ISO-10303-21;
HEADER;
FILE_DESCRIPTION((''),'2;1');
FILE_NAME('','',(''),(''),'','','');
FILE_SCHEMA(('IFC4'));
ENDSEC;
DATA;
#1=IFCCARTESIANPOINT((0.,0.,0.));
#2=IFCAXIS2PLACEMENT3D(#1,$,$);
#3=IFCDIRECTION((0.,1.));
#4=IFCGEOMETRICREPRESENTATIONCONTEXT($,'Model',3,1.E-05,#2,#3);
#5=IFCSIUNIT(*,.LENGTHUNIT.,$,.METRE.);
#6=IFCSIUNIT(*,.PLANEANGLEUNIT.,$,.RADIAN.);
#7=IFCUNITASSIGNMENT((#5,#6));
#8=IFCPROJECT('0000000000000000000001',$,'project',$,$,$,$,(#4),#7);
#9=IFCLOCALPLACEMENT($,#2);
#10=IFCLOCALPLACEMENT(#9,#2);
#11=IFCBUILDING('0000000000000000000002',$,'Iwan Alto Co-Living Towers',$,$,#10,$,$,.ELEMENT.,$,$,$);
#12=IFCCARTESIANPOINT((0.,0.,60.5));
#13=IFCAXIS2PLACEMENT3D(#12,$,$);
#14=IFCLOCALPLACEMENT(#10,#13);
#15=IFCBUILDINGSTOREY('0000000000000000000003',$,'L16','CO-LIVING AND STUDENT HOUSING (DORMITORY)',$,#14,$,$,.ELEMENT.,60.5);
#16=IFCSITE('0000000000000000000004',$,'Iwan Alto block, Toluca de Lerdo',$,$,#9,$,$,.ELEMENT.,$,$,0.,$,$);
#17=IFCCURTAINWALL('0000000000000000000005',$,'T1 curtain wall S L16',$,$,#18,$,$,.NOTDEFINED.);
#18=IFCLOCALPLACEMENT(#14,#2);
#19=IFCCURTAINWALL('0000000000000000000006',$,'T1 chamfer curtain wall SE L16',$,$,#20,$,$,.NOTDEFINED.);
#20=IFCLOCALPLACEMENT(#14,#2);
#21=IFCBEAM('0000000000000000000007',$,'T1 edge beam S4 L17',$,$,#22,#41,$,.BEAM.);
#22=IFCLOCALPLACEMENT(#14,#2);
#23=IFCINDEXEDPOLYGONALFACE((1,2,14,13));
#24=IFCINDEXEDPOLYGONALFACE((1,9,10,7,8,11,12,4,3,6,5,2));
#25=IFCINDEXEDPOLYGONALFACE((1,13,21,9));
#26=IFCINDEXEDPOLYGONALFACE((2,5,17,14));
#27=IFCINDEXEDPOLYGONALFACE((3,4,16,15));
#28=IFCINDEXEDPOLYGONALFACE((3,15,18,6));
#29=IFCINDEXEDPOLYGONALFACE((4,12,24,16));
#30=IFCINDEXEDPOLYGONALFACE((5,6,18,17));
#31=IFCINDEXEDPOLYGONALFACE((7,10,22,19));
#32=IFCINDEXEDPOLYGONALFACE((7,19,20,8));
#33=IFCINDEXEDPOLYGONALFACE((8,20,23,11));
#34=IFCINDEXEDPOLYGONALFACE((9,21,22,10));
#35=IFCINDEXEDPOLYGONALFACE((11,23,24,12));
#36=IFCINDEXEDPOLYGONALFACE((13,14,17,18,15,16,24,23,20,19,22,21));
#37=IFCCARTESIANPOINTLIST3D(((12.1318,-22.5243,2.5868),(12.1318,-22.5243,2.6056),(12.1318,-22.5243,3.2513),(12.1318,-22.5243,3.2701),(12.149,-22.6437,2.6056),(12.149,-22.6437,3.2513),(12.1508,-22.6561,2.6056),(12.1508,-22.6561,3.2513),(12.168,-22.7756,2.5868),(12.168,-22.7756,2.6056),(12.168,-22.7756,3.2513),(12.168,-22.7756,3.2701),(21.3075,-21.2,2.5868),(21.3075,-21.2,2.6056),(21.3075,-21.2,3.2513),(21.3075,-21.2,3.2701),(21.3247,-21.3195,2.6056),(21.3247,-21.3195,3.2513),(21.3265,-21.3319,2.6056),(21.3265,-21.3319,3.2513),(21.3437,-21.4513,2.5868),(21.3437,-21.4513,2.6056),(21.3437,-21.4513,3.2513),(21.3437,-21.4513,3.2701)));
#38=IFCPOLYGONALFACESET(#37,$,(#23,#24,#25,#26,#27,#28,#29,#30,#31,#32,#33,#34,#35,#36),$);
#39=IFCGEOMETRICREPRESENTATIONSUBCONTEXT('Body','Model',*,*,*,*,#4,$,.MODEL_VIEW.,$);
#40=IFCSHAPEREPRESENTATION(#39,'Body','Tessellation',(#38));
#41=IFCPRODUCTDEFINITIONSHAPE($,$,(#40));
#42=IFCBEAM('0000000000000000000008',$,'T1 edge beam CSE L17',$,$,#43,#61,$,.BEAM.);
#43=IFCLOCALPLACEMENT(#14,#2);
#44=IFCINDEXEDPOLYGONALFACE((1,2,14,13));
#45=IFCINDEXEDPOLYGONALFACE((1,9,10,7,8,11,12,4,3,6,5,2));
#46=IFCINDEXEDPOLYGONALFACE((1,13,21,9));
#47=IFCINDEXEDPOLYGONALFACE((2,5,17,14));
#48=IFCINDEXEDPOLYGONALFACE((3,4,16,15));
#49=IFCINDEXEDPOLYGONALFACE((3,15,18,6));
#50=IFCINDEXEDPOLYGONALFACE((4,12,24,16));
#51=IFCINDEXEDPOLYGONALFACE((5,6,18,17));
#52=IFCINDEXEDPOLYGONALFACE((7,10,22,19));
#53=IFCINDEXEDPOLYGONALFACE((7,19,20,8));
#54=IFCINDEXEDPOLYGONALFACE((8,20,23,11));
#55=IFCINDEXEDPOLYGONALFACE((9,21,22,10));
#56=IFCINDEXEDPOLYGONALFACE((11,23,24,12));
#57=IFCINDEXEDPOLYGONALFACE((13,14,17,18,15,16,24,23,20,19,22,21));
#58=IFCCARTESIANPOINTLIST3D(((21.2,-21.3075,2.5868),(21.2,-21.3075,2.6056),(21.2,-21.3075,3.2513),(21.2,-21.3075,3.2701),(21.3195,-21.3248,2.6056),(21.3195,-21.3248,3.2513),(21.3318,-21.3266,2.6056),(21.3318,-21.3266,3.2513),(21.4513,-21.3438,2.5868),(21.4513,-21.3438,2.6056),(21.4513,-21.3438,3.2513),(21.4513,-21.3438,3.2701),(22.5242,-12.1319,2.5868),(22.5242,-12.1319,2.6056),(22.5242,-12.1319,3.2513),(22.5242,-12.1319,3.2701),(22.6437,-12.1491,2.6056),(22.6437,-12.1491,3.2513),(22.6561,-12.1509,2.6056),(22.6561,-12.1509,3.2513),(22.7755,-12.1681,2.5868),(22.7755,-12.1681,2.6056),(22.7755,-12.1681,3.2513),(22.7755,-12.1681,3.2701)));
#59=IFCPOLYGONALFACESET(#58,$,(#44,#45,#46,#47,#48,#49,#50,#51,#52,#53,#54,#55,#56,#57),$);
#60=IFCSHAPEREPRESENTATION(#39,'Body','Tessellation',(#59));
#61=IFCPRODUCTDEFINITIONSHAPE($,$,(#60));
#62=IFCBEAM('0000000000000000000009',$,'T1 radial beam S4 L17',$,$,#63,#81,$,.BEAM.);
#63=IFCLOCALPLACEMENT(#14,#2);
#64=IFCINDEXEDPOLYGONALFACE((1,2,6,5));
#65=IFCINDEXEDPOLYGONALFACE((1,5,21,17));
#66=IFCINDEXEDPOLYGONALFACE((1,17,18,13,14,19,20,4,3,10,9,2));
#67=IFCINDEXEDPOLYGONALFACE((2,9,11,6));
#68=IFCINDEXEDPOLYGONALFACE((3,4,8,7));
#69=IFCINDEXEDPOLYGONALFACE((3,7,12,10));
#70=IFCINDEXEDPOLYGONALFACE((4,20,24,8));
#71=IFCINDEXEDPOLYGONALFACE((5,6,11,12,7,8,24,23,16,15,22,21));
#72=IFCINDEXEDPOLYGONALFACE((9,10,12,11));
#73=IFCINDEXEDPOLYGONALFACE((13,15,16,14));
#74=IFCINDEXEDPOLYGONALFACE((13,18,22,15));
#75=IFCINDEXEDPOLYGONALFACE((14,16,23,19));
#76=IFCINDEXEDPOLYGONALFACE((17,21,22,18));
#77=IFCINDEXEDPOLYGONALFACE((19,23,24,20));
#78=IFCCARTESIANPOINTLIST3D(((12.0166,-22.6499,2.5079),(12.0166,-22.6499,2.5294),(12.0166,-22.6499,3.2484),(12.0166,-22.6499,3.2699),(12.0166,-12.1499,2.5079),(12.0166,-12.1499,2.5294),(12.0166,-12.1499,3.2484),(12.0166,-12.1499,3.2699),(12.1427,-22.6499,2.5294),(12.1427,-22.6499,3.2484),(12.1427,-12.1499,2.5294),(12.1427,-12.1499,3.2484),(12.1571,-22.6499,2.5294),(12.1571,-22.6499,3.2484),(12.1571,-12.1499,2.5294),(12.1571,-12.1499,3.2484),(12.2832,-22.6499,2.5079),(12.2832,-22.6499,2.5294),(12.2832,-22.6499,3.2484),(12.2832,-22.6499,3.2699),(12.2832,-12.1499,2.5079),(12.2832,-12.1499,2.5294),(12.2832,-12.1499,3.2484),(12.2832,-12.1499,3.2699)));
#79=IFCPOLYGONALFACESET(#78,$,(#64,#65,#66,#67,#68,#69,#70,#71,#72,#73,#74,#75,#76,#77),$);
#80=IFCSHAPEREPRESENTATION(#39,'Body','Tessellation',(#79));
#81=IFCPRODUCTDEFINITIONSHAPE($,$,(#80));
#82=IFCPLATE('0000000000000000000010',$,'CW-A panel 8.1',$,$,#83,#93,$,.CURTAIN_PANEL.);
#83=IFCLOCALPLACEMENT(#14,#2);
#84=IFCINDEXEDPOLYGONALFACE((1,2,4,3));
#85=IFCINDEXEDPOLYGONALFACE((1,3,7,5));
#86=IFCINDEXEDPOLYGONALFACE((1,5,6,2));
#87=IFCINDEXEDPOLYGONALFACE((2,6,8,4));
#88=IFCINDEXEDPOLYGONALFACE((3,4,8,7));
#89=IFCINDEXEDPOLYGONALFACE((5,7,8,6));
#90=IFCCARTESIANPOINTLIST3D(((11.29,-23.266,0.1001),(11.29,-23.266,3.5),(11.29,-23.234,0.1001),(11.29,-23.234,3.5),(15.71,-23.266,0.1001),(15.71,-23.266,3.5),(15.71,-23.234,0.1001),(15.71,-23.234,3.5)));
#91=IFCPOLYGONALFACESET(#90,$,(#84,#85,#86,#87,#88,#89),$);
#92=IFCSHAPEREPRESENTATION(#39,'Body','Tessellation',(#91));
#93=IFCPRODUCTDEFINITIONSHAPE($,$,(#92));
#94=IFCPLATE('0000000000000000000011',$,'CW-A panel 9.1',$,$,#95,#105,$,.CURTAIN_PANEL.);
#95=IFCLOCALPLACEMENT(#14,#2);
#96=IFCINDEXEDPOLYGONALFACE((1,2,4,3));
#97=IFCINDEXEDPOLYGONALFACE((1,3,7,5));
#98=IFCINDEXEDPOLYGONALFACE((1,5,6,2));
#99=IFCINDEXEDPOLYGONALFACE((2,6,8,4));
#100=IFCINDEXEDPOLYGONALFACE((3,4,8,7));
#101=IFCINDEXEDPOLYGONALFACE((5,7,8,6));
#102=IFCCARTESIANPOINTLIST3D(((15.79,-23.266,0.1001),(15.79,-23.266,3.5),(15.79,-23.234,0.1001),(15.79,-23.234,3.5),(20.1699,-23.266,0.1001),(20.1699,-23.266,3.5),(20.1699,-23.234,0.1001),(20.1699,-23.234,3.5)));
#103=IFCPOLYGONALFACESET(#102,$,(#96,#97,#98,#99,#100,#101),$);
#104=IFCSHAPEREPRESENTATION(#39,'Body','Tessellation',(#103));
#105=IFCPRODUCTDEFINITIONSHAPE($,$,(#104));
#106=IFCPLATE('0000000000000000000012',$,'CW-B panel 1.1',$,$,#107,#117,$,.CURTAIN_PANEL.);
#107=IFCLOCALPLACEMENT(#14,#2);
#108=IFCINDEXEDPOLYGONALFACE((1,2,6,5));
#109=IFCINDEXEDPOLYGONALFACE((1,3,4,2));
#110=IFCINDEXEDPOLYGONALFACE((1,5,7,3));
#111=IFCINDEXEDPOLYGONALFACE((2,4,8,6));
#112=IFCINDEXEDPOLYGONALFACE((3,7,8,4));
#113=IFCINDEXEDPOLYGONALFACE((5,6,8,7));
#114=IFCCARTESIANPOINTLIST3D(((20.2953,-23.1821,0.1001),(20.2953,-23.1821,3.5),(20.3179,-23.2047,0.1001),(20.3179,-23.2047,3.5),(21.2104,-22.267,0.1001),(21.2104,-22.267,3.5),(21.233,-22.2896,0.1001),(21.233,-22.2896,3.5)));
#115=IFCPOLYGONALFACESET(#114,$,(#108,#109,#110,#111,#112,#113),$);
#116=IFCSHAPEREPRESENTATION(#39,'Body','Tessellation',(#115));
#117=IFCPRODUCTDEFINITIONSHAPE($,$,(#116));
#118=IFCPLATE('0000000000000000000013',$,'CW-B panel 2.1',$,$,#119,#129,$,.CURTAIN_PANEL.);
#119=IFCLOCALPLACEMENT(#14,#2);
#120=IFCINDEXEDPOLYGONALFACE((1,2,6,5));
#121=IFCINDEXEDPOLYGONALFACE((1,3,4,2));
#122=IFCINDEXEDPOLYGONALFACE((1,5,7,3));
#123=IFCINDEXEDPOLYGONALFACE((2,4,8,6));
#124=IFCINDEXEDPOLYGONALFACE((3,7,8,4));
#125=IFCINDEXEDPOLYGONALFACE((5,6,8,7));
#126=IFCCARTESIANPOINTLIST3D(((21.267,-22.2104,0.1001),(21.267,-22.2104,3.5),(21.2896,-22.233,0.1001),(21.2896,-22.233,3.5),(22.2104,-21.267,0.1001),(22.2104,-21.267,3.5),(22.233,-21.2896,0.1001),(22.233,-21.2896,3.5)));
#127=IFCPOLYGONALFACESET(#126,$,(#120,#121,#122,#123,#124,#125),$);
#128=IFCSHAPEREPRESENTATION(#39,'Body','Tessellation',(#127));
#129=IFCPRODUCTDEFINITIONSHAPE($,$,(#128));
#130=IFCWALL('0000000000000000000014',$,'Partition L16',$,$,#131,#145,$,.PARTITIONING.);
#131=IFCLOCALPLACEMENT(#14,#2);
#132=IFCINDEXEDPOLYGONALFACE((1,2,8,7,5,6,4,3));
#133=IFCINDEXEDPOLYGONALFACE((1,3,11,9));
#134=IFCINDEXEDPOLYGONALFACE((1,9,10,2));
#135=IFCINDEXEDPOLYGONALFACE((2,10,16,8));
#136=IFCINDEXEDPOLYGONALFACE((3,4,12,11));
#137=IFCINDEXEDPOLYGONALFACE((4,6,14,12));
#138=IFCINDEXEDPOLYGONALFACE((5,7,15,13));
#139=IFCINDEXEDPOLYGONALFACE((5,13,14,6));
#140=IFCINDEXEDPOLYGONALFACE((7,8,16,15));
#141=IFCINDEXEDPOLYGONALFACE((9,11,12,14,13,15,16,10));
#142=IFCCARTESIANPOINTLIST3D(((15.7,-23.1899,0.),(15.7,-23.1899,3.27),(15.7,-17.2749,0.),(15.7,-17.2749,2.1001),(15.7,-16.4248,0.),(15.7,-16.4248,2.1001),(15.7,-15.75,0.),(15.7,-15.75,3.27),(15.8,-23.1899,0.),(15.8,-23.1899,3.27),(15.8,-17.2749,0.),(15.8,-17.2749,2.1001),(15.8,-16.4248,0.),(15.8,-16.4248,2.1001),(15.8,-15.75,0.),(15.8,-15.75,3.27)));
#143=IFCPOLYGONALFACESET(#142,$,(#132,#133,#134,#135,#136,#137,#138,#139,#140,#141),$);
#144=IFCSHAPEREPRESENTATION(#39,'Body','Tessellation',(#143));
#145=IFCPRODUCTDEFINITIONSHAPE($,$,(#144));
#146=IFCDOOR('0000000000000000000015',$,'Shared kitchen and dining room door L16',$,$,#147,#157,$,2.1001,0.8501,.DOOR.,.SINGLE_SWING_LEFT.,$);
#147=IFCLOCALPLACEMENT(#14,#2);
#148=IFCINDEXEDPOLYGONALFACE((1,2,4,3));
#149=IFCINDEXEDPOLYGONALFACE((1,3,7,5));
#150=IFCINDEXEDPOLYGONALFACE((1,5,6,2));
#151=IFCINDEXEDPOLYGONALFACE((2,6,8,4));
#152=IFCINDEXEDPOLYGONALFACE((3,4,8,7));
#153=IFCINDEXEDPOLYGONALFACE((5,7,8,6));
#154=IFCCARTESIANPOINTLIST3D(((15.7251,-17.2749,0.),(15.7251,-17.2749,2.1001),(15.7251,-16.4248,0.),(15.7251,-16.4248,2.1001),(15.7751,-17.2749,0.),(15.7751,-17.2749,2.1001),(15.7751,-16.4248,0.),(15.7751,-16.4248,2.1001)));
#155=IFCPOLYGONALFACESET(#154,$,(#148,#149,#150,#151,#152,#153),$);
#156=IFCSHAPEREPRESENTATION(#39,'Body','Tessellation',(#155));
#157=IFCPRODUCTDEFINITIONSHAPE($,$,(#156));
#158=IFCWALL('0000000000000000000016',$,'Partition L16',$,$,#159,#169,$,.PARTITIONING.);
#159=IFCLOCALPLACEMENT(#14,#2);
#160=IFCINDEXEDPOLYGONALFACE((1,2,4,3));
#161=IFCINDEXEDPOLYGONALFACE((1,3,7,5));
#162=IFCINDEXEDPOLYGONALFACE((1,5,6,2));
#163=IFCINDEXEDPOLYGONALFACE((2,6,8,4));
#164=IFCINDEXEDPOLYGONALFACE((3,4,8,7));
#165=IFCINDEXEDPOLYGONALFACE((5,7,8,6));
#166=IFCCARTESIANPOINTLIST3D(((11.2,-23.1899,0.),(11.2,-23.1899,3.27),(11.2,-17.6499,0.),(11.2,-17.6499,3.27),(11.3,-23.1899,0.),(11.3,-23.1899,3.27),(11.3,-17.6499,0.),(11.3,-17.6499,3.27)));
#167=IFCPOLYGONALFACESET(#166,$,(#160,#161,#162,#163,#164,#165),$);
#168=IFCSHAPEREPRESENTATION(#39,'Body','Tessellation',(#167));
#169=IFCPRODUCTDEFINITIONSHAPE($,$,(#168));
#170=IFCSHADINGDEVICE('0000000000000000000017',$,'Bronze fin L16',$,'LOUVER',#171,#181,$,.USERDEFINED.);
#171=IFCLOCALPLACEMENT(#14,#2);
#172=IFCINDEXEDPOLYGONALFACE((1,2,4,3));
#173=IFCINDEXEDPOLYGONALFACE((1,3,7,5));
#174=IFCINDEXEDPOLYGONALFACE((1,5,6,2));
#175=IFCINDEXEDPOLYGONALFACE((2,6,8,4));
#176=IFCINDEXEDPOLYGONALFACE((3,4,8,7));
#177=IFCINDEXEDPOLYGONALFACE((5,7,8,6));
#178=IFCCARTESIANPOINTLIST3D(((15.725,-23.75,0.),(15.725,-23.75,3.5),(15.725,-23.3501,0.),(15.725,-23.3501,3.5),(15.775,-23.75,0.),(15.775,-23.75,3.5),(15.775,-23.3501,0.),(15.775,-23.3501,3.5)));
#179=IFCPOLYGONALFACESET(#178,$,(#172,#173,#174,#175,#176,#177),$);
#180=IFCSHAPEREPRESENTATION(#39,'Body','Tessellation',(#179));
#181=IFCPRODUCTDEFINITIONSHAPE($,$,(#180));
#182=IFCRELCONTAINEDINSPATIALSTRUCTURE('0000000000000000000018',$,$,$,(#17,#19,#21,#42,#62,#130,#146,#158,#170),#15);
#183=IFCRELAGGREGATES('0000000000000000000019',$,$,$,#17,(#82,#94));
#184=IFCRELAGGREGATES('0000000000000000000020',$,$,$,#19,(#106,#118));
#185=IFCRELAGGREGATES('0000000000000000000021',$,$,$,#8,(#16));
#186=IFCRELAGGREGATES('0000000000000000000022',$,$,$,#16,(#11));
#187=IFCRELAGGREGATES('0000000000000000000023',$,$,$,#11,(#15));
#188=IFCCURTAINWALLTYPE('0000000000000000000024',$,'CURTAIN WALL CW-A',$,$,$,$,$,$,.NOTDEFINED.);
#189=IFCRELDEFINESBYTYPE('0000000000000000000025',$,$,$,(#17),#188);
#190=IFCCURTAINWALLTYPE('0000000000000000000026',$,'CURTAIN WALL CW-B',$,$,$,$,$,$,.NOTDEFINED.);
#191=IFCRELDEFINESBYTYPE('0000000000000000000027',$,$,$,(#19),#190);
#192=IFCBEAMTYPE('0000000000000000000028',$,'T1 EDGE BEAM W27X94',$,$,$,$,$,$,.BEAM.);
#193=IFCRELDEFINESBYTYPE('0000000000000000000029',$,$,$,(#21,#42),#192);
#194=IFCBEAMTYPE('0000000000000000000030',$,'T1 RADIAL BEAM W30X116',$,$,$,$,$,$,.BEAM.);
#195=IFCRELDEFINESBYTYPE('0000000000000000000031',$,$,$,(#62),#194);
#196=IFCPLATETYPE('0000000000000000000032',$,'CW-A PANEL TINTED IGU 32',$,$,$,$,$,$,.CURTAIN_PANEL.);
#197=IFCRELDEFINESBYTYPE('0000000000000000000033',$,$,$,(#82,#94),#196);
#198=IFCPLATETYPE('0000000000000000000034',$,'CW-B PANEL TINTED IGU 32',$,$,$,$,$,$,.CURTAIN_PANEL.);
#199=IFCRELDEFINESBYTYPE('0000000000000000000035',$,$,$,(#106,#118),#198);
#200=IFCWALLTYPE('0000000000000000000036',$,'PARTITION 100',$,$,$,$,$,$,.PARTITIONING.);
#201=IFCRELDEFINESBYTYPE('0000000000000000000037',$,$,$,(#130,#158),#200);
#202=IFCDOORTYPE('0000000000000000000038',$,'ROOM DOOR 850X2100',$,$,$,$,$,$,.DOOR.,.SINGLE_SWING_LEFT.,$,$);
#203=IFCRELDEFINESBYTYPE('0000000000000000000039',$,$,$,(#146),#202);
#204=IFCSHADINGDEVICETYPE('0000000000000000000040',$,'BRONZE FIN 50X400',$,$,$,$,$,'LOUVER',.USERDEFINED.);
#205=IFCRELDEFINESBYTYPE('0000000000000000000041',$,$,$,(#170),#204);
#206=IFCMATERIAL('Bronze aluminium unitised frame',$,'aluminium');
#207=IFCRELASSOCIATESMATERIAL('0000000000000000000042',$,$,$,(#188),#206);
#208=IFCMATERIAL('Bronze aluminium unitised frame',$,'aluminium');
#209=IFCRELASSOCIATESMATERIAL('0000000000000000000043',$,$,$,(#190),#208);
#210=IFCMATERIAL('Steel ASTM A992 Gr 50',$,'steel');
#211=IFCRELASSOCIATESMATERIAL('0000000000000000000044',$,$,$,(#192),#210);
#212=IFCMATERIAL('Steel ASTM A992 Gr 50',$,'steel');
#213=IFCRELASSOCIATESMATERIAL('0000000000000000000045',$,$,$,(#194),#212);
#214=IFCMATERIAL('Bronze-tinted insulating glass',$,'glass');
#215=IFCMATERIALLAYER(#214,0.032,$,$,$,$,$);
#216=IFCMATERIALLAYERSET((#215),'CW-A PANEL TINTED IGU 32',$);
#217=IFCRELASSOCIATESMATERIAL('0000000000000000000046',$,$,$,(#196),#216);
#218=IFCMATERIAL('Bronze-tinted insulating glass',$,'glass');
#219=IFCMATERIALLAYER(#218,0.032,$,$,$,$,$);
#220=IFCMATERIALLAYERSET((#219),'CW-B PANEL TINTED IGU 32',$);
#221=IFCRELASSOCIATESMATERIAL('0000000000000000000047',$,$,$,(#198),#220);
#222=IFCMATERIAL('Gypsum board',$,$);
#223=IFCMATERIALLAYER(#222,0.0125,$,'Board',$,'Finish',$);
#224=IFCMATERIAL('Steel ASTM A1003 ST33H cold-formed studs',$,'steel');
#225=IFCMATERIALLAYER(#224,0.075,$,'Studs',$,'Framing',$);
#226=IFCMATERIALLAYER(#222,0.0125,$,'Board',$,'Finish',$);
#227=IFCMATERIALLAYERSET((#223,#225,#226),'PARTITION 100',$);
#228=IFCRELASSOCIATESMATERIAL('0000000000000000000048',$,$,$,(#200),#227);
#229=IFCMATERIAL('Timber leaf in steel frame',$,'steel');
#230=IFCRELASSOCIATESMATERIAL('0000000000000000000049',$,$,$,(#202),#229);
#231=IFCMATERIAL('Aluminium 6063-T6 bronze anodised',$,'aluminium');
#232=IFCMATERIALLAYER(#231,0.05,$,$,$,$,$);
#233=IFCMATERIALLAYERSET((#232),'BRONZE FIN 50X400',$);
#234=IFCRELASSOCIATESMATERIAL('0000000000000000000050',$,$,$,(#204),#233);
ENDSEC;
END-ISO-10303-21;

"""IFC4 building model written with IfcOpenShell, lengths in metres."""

from ifc_helpers import new_model, si_unit, direction, frame, frame_2d, origin, origin_2d, place, context, subcontext, project, spatial, rectangle, i_section, extrude, material, layer, layer_set, material_profile, profile_set, type_object, element, fill, aggregate, save


model = new_model("IFC4")

# Units and contexts
model_context = context("Model", 3, precision=1e-05, world=origin(), true_north=direction((0.0, 1.0)))
body_context = subcontext(model_context, "Body", "Model", "MODEL_VIEW")
ifc_project = project(units=[si_unit("LENGTHUNIT", "METRE"), si_unit("PLANEANGLEUNIT", "RADIAN")], contexts=[model_context])

# Site, building, storey
site_placement = place(None, origin())
site = spatial("IfcSite", under=ifc_project, at=site_placement, Name="Iwan Alto block, Toluca de Lerdo", CompositionType="ELEMENT", RefElevation=0.0)
building_placement = place(site_placement, origin())
building = spatial("IfcBuilding", under=site, at=building_placement, Name="Iwan Alto Co-Living Towers", CompositionType="ELEMENT")
storey_placement = place(building_placement, frame((0.0, 0.0, 60.5)))
storey = spatial("IfcBuildingStorey", under=building, at=storey_placement, Name="L16", Description="CO-LIVING AND STUDENT HOUSING (DORMITORY)", CompositionType="ELEMENT", Elevation=60.5)

# Curtain walls
ifc_material_1 = material(Name="Bronze aluminium unitised frame", Category="aluminium")
curtain_wall_type_1 = type_object("IfcCurtainWallType", Name="CURTAIN WALL CW-A", PredefinedType="NOTDEFINED", material=ifc_material_1)
curtain_wall_1_placement = place(storey_placement, origin())
curtain_wall_1 = element("IfcCurtainWall", 1, at=curtain_wall_1_placement, inside=storey, type_object=curtain_wall_type_1, Name="T1 curtain wall S L16", PredefinedType="NOTDEFINED")
ifc_material_2 = material(Name="Bronze aluminium unitised frame", Category="aluminium")
curtain_wall_type_2 = type_object("IfcCurtainWallType", Name="CURTAIN WALL CW-B", PredefinedType="NOTDEFINED", material=ifc_material_2)
curtain_wall_2_placement = place(storey_placement, origin())
curtain_wall_2 = element("IfcCurtainWall", 2, at=curtain_wall_2_placement, inside=storey, type_object=curtain_wall_type_2, Name="T1 chamfer curtain wall SE L16", PredefinedType="NOTDEFINED")

# Beams
ifc_material_3 = material(Name="Steel ASTM A992 Gr 50", Category="steel")
ifc_material_profile_1 = material_profile(ifc_material_3, i_section(OverallWidth=0.2539, OverallDepth=0.6833, WebThickness=0.0125, FlangeThickness=0.0188, at=origin_2d()), Name="W27X94")
ifc_profile_set_1 = profile_set([ifc_material_profile_1], Name="Steel ASTM A992 Gr 50")
beam_type_1 = type_object("IfcBeamType", Name="T1 EDGE BEAM W27X94", PredefinedType="BEAM", material=ifc_profile_set_1)
for number, where, z_axis, x_axis, name in (
    (3, (12.1499, -22.6499, 2.9285), (0.989746, 0.142837, 0.0), (-0.142837, 0.989746, 0.0), "T1 edge beam S4 L17"),
    (4, (21.3257, -21.3257, 2.9285), (0.142837, 0.989746, 0.0), (-0.989746, 0.142837, 0.0), "T1 edge beam CSE L17"),
):
    element("IfcBeam", number, at=place(storey_placement, frame(where, z_axis=z_axis, x_axis=x_axis)), inside=storey, type_object=beam_type_1, Name=name, PredefinedType="BEAM", context=body_context, shape_type="SweptSolid", body=[
        extrude(i_section(OverallWidth=0.2539, OverallDepth=0.6833, WebThickness=0.0125, FlangeThickness=0.0188, at=origin_2d()), origin(), (0.0, 0.0, 1.0), 9.2708),
    ])
ifc_material_4 = material(Name="Steel ASTM A992 Gr 50", Category="steel")
ifc_material_profile_2 = material_profile(ifc_material_4, i_section(OverallWidth=0.2666, OverallDepth=0.762, WebThickness=0.0144, FlangeThickness=0.0215, at=origin_2d()), Name="W30X116")
ifc_profile_set_2 = profile_set([ifc_material_profile_2], Name="Steel ASTM A992 Gr 50")
beam_type_2 = type_object("IfcBeamType", Name="T1 RADIAL BEAM W30X116", PredefinedType="BEAM", material=ifc_profile_set_2)
beam_1_placement = place(storey_placement, frame((12.1499, -22.6499, 2.8889), z_axis=(0.0, 1.0, 0.0), x_axis=(-1.0, 0.0, 0.0)))
element("IfcBeam", 5, at=beam_1_placement, inside=storey, type_object=beam_type_2, Name="T1 radial beam S4 L17", PredefinedType="BEAM", context=body_context, shape_type="SweptSolid", body=[
    extrude(i_section(OverallWidth=0.2666, OverallDepth=0.762, WebThickness=0.0144, FlangeThickness=0.0215, at=origin_2d()), origin(), (0.0, 0.0, 1.0), 10.5),
])

# Plates
ifc_material_5 = material(Name="Bronze-tinted insulating glass", Category="glass")
ifc_layer_1 = layer(ifc_material_5, 0.032)
ifc_layer_set_1 = layer_set([ifc_layer_1], Name="CW-A PANEL TINTED IGU 32")
plate_type_1 = type_object("IfcPlateType", Name="CW-A PANEL TINTED IGU 32", PredefinedType="CURTAIN_PANEL", material=ifc_layer_set_1)
plate_1_placement = place(storey_placement, frame((13.5, -23.25, 0.1001), z_axis=(0.0, 0.0, 1.0), x_axis=(1.0, 0.0, 0.0)))
plate_1 = element("IfcPlate", 6, at=plate_1_placement, type_object=plate_type_1, Name="CW-A panel 8.1", PredefinedType="CURTAIN_PANEL", context=body_context, shape_type="SweptSolid", body=[
    extrude(rectangle(XDim=4.4199, YDim=0.032, at=origin_2d()), origin(), (0.0, 0.0, 1.0), 3.3999),
])
plate_2_placement = place(storey_placement, frame((17.98, -23.25, 0.1001), z_axis=(0.0, 0.0, 1.0), x_axis=(1.0, 0.0, 0.0)))
plate_2 = element("IfcPlate", 7, at=plate_2_placement, type_object=plate_type_1, Name="CW-A panel 9.1", PredefinedType="CURTAIN_PANEL", context=body_context, shape_type="SweptSolid", body=[
    extrude(rectangle(XDim=4.3799, YDim=0.032, at=origin_2d()), origin(), (0.0, 0.0, 1.0), 3.3999),
])
aggregate(curtain_wall_1, [plate_1, plate_2])
ifc_material_6 = material(Name="Bronze-tinted insulating glass", Category="glass")
ifc_layer_2 = layer(ifc_material_6, 0.032)
ifc_layer_set_2 = layer_set([ifc_layer_2], Name="CW-B PANEL TINTED IGU 32")
plate_type_2 = type_object("IfcPlateType", Name="CW-B PANEL TINTED IGU 32", PredefinedType="CURTAIN_PANEL", material=ifc_layer_set_2)
plate_3_placement = place(storey_placement, frame((20.7642, -22.7358, 0.1001), z_axis=(0.0, 0.0, 1.0), x_axis=(0.707107, 0.707107, 0.0)))
plate_3 = element("IfcPlate", 8, at=plate_3_placement, type_object=plate_type_2, Name="CW-B panel 1.1", PredefinedType="CURTAIN_PANEL", context=body_context, shape_type="SweptSolid", body=[
    extrude(rectangle(XDim=1.2942, YDim=0.032, at=origin_2d()), origin(), (0.0, 0.0, 1.0), 3.3999),
])
plate_4_placement = place(storey_placement, frame((21.75, -21.75, 0.1001), z_axis=(0.0, 0.0, 1.0), x_axis=(0.707107, 0.707107, 0.0)))
plate_4 = element("IfcPlate", 9, at=plate_4_placement, type_object=plate_type_2, Name="CW-B panel 2.1", PredefinedType="CURTAIN_PANEL", context=body_context, shape_type="SweptSolid", body=[
    extrude(rectangle(XDim=1.3342, YDim=0.032, at=origin_2d()), origin(), (0.0, 0.0, 1.0), 3.3999),
])
aggregate(curtain_wall_2, [plate_3, plate_4])

# Wall, opening, door
ifc_material_7 = material(Name="Gypsum board")
ifc_layer_3 = layer(ifc_material_7, 0.0125, Name="Board", Category="Finish")
ifc_material_8 = material(Name="Steel ASTM A1003 ST33H cold-formed studs", Category="steel")
ifc_layer_4 = layer(ifc_material_8, 0.075, Name="Studs", Category="Framing")
ifc_layer_5 = layer(ifc_material_7, 0.0125, Name="Board", Category="Finish")
ifc_layer_set_3 = layer_set([ifc_layer_3, ifc_layer_4, ifc_layer_5], Name="PARTITION 100")
wall_type = type_object("IfcWallType", Name="PARTITION 100", PredefinedType="PARTITIONING", material=ifc_layer_set_3)
wall_1_placement = place(storey_placement, frame((15.75, -23.1899, 0.0), z_axis=(0.0, 0.0, 1.0), x_axis=(0.0, 1.0, 0.0)))
wall_1 = element("IfcWall", 10, at=wall_1_placement, inside=storey, type_object=wall_type, Name="Partition L16", PredefinedType="PARTITIONING", context=body_context, shape_type="SweptSolid", body=[
    extrude(rectangle(XDim=7.4399, YDim=0.1001, at=frame_2d((3.72, 0.0))), origin(), (0.0, 0.0, 1.0), 3.27),
])
opening_placement = place(wall_1_placement, frame((5.915, 0.0, 0.0)))
opening = element("IfcOpeningElement", 11, at=opening_placement, cuts=wall_1, PredefinedType="OPENING", context=body_context, shape_type="SweptSolid", body=[
    extrude(rectangle(XDim=0.8501, YDim=2.1001, at=frame_2d((0.425, 1.05))), frame((0.0, 0.0601, 0.0), z_axis=(0.0, -1.0, 0.0), x_axis=(1.0, 0.0, 0.0)), (0.0, 0.0, 1.0), 0.1201),
])
ifc_material_9 = material(Name="Timber leaf in steel frame", Category="steel")
door_type = type_object("IfcDoorType", Name="ROOM DOOR 850X2100", OperationType="SINGLE_SWING_LEFT", PredefinedType="DOOR", material=ifc_material_9)
door_placement = place(opening_placement, origin())
door = element("IfcDoor", 12, at=door_placement, inside=storey, type_object=door_type, Name="Shared kitchen and dining room door L16", OperationType="SINGLE_SWING_LEFT", OverallHeight=2.1001, OverallWidth=0.8501, PredefinedType="DOOR", context=body_context, shape_type="SweptSolid", body=[
    extrude(rectangle(XDim=0.8501, YDim=2.1001, at=frame_2d((0.425, 1.05))), frame((0.0, 0.0249, 0.0), z_axis=(0.0, -1.0, 0.0), x_axis=(1.0, 0.0, 0.0)), (0.0, 0.0, 1.0), 0.05),
])
fill(opening, door)

# Wall
wall_2_placement = place(storey_placement, frame((11.25, -23.1899, 0.0), z_axis=(0.0, 0.0, 1.0), x_axis=(0.0, 1.0, 0.0)))
element("IfcWall", 13, at=wall_2_placement, inside=storey, type_object=wall_type, Name="Partition L16", PredefinedType="PARTITIONING", context=body_context, shape_type="SweptSolid", body=[
    extrude(rectangle(XDim=5.54, YDim=0.1001, at=frame_2d((2.77, 0.0))), origin(), (0.0, 0.0, 1.0), 3.27),
])

# Shading device
ifc_material_10 = material(Name="Aluminium 6063-T6 bronze anodised", Category="aluminium")
ifc_layer_6 = layer(ifc_material_10, 0.05)
ifc_layer_set_4 = layer_set([ifc_layer_6], Name="BRONZE FIN 50X400")
shading_device_type = type_object("IfcShadingDeviceType", Name="BRONZE FIN 50X400", ElementType="LOUVER", PredefinedType="USERDEFINED", material=ifc_layer_set_4)
shading_device_placement = place(storey_placement, frame((15.75, -23.55, 0.0), z_axis=(0.0, 0.0, 1.0), x_axis=(1.0, 0.0, 0.0)))
element("IfcShadingDevice", 14, at=shading_device_placement, inside=storey, type_object=shading_device_type, Name="Bronze fin L16", ObjectType="LOUVER", PredefinedType="USERDEFINED", context=body_context, shape_type="SweptSolid", body=[
    extrude(rectangle(XDim=0.05, YDim=0.3999, at=origin_2d()), origin(), (0.0, 0.0, 1.0), 3.5),
])

save(model, "model.ifc")
